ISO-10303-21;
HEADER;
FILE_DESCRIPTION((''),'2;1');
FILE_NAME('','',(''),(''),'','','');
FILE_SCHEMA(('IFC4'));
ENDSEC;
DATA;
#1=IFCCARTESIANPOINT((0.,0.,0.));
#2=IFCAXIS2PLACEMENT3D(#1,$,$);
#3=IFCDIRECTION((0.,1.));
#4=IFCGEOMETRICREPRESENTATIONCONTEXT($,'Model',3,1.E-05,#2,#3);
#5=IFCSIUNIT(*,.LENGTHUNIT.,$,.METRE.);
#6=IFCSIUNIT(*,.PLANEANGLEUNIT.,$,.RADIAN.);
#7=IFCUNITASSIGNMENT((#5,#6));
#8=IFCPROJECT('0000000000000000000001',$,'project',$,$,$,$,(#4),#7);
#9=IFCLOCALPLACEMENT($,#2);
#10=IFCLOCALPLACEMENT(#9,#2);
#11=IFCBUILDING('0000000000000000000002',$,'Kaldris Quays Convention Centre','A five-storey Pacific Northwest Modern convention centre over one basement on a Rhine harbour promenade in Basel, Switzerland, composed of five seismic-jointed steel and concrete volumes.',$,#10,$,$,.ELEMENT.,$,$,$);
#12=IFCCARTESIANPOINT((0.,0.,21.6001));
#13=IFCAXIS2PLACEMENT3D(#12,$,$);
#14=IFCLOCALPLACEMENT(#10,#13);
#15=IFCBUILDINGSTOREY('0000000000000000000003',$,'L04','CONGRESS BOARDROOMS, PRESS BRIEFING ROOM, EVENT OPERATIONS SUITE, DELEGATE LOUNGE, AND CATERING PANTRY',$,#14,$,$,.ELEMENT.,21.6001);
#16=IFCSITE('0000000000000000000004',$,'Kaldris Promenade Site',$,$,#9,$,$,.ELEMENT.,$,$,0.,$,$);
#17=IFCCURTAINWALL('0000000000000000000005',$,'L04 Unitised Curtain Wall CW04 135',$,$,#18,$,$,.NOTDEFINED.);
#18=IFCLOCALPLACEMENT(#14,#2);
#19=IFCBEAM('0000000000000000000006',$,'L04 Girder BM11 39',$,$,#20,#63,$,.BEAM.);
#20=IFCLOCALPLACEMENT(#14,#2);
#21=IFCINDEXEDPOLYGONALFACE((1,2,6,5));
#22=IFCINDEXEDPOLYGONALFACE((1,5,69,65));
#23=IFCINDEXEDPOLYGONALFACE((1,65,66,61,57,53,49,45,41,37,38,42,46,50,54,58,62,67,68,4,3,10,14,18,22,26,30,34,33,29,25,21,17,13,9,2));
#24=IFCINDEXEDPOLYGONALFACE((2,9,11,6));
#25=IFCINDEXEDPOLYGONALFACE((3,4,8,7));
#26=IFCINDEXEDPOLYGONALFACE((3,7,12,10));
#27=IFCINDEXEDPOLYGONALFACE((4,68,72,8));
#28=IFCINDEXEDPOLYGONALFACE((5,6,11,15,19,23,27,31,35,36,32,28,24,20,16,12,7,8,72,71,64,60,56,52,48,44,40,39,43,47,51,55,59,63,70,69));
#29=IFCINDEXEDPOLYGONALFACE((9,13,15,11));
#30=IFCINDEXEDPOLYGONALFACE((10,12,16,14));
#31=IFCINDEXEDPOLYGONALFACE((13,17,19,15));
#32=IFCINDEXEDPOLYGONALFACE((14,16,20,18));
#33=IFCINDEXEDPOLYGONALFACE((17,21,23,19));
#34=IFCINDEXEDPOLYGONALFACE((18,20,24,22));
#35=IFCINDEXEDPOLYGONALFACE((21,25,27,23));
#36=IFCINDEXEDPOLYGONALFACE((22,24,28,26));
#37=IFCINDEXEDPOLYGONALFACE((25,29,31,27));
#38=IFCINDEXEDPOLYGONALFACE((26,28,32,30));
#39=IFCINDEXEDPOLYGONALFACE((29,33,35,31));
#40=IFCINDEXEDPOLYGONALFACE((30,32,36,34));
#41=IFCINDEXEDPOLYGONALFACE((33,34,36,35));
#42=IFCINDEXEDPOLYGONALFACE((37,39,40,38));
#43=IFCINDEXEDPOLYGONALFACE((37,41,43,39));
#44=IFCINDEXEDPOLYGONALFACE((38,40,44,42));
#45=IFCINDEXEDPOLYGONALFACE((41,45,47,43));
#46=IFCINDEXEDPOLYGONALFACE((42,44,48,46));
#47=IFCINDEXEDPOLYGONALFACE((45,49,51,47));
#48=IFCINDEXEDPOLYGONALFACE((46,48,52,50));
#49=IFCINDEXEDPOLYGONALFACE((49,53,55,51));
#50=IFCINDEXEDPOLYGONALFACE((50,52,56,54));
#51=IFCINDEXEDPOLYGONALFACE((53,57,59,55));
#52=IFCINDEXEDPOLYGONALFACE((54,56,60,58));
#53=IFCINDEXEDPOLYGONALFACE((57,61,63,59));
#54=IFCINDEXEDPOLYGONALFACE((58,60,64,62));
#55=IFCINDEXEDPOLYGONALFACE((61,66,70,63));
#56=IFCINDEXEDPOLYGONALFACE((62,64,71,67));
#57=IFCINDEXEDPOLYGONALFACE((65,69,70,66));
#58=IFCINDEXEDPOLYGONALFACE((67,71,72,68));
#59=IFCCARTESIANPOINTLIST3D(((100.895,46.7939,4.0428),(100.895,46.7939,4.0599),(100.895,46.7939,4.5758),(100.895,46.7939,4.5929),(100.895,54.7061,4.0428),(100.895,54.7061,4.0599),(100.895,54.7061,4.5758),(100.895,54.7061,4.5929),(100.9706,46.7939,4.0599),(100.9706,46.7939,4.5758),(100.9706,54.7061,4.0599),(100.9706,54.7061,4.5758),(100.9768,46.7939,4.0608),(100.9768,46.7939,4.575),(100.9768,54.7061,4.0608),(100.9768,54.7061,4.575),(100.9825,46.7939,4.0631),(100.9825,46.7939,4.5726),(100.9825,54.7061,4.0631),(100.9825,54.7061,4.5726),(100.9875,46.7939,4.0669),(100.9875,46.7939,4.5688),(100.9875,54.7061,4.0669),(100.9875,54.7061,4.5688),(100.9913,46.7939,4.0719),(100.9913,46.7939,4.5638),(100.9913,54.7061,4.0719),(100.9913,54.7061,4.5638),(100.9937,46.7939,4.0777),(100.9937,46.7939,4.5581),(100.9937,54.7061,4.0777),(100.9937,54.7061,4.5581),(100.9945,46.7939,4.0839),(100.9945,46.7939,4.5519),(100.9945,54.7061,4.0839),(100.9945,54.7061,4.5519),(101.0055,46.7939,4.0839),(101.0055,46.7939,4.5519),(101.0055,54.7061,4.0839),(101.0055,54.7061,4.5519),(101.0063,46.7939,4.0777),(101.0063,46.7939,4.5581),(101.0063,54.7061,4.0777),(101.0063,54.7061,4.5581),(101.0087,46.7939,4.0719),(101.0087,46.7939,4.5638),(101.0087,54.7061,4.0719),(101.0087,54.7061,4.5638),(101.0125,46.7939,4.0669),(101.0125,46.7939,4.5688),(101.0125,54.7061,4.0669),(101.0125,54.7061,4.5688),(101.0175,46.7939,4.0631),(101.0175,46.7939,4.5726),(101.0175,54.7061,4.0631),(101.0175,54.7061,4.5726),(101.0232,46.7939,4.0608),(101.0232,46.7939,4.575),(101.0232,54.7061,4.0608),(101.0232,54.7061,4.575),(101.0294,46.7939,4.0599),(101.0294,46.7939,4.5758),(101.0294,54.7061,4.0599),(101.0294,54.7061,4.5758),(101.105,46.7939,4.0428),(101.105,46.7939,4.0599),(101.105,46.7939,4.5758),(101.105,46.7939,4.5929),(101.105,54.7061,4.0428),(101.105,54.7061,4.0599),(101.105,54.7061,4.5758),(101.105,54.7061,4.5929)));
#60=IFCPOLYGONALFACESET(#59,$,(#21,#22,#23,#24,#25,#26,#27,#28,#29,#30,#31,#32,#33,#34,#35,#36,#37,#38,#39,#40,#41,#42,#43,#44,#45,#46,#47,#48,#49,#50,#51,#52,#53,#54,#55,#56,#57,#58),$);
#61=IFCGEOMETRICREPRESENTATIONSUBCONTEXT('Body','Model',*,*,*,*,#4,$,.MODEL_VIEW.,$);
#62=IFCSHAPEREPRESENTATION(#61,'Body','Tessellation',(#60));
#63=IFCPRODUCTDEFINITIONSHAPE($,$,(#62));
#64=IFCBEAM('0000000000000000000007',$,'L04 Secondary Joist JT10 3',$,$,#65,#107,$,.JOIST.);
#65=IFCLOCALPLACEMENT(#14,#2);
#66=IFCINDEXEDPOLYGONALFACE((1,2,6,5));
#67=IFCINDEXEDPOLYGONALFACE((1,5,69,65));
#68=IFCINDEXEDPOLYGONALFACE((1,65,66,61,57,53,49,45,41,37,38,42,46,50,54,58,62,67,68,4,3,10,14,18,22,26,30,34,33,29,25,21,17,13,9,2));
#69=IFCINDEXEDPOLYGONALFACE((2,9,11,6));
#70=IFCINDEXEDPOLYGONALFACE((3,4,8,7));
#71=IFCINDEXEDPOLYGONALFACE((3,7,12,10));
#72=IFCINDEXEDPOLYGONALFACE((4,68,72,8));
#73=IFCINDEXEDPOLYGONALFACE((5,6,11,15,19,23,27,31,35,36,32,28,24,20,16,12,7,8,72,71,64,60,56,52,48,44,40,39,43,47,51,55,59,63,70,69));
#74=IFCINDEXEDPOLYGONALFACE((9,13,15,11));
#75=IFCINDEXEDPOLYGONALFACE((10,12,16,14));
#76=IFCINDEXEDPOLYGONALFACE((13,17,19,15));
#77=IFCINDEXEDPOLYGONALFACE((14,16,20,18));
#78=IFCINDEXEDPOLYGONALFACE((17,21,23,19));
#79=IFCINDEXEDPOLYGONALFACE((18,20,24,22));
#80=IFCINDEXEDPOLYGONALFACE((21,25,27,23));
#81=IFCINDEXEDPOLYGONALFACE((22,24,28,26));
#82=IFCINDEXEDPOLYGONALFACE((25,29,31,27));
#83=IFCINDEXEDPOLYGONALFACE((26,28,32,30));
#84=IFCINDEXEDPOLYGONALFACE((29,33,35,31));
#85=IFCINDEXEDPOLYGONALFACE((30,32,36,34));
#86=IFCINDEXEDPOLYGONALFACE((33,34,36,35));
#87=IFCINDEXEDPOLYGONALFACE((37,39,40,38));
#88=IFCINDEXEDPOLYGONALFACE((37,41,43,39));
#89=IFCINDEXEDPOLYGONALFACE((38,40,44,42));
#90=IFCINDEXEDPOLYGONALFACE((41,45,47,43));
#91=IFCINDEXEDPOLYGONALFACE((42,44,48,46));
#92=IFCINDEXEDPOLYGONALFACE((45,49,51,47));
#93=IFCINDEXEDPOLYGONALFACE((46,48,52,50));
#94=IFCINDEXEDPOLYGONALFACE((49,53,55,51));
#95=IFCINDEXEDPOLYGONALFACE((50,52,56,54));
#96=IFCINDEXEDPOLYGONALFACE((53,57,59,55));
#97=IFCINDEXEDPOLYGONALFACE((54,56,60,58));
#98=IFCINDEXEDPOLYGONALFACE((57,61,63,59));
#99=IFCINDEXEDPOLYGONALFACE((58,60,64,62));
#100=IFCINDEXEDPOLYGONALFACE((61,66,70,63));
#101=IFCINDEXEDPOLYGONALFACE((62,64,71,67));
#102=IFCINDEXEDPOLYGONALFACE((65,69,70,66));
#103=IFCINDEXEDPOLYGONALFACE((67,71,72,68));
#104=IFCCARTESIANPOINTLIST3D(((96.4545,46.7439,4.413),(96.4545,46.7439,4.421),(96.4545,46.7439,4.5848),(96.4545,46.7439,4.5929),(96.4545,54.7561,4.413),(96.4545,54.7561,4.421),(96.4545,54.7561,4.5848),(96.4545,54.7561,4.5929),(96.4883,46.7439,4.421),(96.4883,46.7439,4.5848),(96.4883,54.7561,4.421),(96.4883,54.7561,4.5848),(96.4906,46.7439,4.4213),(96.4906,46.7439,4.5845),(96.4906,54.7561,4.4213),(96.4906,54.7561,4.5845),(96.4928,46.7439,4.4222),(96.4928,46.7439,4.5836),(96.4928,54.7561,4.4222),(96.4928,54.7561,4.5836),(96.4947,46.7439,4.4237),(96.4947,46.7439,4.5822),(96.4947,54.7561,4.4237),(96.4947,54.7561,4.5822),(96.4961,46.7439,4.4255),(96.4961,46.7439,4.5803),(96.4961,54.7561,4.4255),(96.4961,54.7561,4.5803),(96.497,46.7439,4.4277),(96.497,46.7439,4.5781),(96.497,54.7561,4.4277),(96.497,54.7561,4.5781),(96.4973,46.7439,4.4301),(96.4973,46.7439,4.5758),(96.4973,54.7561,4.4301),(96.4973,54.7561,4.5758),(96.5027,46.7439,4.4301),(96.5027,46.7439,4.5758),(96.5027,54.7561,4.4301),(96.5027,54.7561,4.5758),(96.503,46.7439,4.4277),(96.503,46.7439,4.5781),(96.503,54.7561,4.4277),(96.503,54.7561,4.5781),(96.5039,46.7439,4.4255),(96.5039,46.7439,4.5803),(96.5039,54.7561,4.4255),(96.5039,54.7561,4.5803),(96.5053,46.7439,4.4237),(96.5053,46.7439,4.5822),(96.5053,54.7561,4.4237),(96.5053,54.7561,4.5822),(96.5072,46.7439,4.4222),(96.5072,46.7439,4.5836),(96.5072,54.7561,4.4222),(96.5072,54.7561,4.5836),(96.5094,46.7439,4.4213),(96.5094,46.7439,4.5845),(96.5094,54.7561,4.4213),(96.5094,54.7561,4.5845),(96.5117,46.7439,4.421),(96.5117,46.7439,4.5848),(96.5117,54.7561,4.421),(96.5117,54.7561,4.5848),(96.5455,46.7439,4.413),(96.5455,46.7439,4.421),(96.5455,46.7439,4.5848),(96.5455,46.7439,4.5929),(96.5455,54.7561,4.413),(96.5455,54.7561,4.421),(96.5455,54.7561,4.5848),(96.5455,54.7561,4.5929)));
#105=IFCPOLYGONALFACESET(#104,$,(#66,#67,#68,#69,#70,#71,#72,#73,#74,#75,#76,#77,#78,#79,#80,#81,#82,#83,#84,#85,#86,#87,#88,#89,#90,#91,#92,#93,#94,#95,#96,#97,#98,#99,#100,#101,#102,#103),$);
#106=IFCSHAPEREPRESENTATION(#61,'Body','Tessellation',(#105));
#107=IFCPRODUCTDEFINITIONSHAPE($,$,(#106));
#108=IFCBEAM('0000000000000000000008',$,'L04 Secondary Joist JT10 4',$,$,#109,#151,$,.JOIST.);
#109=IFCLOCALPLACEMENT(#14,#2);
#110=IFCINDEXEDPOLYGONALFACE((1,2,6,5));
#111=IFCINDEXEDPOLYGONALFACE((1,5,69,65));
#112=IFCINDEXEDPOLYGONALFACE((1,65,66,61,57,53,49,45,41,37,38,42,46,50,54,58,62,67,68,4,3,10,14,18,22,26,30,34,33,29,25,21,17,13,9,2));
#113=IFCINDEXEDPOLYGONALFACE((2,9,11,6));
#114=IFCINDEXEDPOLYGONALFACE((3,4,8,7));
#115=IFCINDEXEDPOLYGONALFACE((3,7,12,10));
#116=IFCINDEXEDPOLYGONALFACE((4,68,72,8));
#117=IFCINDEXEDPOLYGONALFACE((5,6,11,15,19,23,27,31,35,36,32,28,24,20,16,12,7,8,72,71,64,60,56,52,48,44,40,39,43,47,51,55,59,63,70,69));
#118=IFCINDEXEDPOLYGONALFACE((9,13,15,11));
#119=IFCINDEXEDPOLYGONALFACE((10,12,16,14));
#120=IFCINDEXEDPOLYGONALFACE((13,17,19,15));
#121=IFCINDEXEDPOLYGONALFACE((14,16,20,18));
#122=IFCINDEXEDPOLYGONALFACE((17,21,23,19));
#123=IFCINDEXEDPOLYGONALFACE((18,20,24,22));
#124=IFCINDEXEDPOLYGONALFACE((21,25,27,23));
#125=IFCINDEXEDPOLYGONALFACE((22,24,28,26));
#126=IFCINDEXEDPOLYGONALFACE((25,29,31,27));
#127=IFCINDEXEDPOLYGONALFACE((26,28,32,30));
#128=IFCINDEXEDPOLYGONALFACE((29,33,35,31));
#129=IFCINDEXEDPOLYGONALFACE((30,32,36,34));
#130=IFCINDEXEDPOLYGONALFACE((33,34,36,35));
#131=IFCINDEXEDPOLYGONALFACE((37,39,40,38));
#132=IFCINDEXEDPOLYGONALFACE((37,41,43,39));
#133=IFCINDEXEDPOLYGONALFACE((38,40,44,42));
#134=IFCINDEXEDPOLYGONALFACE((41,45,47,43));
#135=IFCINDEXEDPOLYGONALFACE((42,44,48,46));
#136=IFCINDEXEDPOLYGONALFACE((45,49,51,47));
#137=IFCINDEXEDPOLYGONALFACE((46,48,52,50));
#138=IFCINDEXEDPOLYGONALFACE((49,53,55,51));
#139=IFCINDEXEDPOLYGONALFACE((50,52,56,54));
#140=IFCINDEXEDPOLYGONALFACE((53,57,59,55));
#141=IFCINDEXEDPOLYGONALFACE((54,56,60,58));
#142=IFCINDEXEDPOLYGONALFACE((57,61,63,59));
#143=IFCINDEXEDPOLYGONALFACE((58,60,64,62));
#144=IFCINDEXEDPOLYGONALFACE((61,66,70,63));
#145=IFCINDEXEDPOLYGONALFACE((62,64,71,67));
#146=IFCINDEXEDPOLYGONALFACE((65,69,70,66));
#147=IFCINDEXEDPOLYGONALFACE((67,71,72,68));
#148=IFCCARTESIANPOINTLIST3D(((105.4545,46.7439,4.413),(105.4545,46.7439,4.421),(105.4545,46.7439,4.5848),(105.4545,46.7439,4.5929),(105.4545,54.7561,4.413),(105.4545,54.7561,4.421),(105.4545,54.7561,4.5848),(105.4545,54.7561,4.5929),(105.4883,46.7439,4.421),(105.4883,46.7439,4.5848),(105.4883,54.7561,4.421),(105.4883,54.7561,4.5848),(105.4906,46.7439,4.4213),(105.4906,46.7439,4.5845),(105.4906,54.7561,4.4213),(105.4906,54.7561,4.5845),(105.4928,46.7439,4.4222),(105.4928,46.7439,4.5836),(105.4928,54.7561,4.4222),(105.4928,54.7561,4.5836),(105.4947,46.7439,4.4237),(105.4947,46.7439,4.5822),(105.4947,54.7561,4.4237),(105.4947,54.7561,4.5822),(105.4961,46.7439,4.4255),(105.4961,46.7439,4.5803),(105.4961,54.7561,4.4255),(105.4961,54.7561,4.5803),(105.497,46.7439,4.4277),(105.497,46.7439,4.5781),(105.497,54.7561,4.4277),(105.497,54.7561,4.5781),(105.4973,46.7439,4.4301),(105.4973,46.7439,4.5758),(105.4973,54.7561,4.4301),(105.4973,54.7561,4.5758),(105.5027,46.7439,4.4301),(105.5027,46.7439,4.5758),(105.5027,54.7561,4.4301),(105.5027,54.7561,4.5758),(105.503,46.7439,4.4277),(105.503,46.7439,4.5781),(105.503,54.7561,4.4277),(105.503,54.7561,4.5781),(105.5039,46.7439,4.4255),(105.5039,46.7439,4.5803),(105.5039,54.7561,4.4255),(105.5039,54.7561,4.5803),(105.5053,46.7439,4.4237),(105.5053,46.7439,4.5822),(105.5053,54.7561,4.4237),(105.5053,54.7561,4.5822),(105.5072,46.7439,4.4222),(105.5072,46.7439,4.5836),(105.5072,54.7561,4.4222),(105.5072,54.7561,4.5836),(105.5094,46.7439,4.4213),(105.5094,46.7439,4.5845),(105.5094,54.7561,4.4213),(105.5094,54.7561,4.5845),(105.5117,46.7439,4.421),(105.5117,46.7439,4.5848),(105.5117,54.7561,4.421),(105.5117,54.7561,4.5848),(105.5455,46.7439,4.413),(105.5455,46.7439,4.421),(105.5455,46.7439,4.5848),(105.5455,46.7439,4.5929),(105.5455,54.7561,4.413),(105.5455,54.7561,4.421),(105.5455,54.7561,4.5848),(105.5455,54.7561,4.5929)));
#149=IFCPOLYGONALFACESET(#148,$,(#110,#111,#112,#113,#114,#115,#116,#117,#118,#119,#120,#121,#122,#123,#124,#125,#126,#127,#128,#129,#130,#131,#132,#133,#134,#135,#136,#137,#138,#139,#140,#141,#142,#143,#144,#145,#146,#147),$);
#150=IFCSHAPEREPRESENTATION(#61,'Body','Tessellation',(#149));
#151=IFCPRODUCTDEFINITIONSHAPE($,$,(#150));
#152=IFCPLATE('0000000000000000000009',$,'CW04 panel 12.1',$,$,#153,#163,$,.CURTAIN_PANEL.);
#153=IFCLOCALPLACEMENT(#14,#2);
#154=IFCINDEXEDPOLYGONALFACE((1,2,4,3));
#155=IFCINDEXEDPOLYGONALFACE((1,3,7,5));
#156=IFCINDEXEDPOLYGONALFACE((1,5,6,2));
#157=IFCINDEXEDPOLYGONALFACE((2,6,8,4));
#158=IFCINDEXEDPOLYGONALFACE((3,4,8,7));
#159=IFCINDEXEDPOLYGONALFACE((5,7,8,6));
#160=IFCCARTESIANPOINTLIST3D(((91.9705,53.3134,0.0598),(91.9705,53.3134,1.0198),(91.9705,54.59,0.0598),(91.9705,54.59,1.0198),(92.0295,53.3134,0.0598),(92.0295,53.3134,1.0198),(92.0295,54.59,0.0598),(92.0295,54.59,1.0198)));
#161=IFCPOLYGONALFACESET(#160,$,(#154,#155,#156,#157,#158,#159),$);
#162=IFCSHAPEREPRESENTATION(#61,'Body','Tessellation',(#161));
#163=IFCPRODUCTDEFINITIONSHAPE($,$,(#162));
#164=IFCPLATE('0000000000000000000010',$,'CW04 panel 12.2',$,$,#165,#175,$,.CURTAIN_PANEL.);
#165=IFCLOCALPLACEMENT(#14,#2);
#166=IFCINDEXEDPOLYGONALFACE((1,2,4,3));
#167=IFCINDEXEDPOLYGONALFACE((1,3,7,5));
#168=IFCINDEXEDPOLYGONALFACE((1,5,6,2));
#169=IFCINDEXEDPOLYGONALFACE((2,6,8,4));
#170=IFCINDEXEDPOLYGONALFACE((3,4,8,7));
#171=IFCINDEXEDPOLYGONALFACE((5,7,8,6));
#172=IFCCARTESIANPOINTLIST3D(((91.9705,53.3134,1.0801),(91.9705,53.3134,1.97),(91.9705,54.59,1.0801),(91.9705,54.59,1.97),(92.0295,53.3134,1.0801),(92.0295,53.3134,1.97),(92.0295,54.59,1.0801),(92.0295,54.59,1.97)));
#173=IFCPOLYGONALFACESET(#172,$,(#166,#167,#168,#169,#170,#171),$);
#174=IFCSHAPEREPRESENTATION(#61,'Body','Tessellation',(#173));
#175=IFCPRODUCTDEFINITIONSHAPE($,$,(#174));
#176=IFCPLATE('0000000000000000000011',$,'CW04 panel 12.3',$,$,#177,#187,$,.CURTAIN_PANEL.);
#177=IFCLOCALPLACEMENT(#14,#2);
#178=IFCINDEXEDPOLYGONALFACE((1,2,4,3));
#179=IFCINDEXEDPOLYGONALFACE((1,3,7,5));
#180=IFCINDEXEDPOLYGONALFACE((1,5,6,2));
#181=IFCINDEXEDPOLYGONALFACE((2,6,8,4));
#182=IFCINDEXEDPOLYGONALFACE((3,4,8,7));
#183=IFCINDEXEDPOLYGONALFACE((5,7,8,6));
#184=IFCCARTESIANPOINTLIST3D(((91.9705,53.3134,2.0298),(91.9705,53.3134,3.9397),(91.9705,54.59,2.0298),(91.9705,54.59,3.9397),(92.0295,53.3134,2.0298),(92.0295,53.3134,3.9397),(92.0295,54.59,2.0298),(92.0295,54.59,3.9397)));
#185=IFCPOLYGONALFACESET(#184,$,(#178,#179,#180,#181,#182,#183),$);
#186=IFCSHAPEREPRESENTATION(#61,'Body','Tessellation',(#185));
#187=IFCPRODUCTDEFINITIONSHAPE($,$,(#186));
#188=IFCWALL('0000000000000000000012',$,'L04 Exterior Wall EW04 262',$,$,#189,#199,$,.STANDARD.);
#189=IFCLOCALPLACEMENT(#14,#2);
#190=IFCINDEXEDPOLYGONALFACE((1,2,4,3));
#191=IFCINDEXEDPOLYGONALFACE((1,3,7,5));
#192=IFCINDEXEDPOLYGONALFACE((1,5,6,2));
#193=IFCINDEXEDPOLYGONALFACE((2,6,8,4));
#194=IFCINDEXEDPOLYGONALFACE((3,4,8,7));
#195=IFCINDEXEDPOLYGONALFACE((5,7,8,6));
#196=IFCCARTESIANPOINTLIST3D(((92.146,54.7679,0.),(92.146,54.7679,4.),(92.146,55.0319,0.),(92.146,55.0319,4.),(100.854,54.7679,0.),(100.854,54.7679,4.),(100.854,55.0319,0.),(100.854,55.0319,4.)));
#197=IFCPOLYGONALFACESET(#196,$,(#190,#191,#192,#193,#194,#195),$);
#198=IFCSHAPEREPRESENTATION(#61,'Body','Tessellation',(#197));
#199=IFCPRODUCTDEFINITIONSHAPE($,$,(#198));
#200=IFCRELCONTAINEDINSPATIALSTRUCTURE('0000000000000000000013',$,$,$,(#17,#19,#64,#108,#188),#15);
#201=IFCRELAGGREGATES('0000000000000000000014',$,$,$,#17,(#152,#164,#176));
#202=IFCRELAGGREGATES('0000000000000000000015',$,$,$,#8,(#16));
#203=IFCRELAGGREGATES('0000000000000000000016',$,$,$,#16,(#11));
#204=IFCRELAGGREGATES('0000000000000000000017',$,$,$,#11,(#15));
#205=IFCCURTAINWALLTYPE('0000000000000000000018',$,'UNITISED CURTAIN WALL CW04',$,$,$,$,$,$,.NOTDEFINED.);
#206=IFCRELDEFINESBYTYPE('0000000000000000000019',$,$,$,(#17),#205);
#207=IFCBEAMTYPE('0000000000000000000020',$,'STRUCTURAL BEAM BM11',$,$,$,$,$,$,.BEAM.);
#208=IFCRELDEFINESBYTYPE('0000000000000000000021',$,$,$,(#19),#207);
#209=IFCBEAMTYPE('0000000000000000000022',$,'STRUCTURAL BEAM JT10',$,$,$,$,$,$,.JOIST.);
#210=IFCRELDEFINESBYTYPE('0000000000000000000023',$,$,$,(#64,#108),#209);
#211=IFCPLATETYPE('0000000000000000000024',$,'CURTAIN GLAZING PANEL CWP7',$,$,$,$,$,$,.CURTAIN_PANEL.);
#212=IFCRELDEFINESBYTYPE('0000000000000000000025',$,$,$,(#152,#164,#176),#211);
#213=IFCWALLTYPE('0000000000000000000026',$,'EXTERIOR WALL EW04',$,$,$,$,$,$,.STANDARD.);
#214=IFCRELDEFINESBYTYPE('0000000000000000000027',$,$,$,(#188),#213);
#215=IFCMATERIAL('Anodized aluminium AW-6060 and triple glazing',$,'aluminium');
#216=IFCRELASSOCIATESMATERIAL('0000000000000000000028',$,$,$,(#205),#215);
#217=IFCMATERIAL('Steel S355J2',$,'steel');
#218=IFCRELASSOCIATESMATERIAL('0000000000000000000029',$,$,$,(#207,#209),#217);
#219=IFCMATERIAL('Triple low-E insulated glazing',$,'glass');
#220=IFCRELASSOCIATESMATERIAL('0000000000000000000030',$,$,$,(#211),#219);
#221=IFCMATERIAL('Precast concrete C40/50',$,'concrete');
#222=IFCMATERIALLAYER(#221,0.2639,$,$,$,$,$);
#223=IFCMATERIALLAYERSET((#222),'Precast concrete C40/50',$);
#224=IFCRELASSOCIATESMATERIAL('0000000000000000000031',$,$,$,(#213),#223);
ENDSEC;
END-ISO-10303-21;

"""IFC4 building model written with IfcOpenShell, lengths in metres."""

from ifc_helpers import new_model, si_unit, direction, frame, frame_2d, origin, origin_2d, place, context, subcontext, project, spatial, rectangle, i_section, extrude, material, layer, layer_set, material_profile, profile_set, type_object, element, aggregate, save


model = new_model("IFC4")

# Units and contexts
model_context = context("Model", 3, precision=1e-05, world=origin(), true_north=direction((0.0, 1.0)))
body_context = subcontext(model_context, "Body", "Model", "MODEL_VIEW")
ifc_project = project(units=[si_unit("LENGTHUNIT", "METRE"), si_unit("PLANEANGLEUNIT", "RADIAN")], contexts=[model_context])

# Site, building, storey
site_placement = place(None, origin())
site = spatial("IfcSite", under=ifc_project, at=site_placement, Name="Kaldris Promenade Site", CompositionType="ELEMENT", RefElevation=0.0)
building_placement = place(site_placement, origin())
building = spatial("IfcBuilding", under=site, at=building_placement, Name="Kaldris Quays Convention Centre", Description="A five-storey Pacific Northwest Modern convention centre over one basement on a Rhine harbour promenade in Basel, Switzerland, composed of five seismic-jointed steel and concrete volumes.", CompositionType="ELEMENT")
storey_placement = place(building_placement, frame((0.0, 0.0, 21.6001)))
storey = spatial("IfcBuildingStorey", under=building, at=storey_placement, Name="L04", Description="CONGRESS BOARDROOMS, PRESS BRIEFING ROOM, EVENT OPERATIONS SUITE, DELEGATE LOUNGE, AND CATERING PANTRY", CompositionType="ELEMENT", Elevation=21.6001)

# Shared definitions
ifc_material_1 = material(Name="Steel S355J2", Category="steel")

# Curtain wall
ifc_material_2 = material(Name="Anodized aluminium AW-6060 and triple glazing", Category="aluminium")
curtain_wall_type = type_object("IfcCurtainWallType", Name="UNITISED CURTAIN WALL CW04", PredefinedType="NOTDEFINED", material=ifc_material_2)
curtain_wall_placement = place(storey_placement, origin())
curtain_wall = element("IfcCurtainWall", 1, at=curtain_wall_placement, inside=storey, type_object=curtain_wall_type, Name="L04 Unitised Curtain Wall CW04 135", PredefinedType="NOTDEFINED")

# Beams
ifc_material_profile_1 = material_profile(ifc_material_1, i_section(OverallWidth=0.21, OverallDepth=0.55, WebThickness=0.011, FlangeThickness=0.0171, FilletRadius=0.0239, at=origin_2d()), Name="IPE 550")
ifc_profile_set_1 = profile_set([ifc_material_profile_1], Name="Steel S355J2")
beam_type_1 = type_object("IfcBeamType", Name="STRUCTURAL BEAM BM11", PredefinedType="BEAM", material=ifc_profile_set_1)
beam_placement = place(storey_placement, frame((101.0, 46.7939, 4.3179), z_axis=(0.0, 1.0, 0.0), x_axis=(-1.0, 0.0, 0.0)))
element("IfcBeam", 2, at=beam_placement, inside=storey, type_object=beam_type_1, Name="L04 Girder BM11 39", PredefinedType="BEAM", context=body_context, shape_type="SweptSolid", body=[
    extrude(i_section(OverallWidth=0.21, OverallDepth=0.55, WebThickness=0.011, FlangeThickness=0.0171, FilletRadius=0.0239, at=origin_2d()), origin(), (0.0, 0.0, 1.0), 7.9121),
])
ifc_material_profile_2 = material_profile(ifc_material_1, i_section(OverallWidth=0.0911, OverallDepth=0.1799, WebThickness=0.0054, FlangeThickness=0.0081, FilletRadius=0.009, at=origin_2d()), Name="IPE 180")
ifc_profile_set_2 = profile_set([ifc_material_profile_2], Name="Steel S355J2")
beam_type_2 = type_object("IfcBeamType", Name="STRUCTURAL BEAM JT10", PredefinedType="JOIST", material=ifc_profile_set_2)
for number, where, z_axis, x_axis, name in (
    (3, (96.5, 46.7439, 4.5029), (0.0, 1.0, 0.0), (-1.0, 0.0, 0.0), "L04 Secondary Joist JT10 3"),
    (4, (105.5, 46.7439, 4.5029), (0.0, 1.0, 0.0), (-1.0, 0.0, 0.0), "L04 Secondary Joist JT10 4"),
):
    element("IfcBeam", number, at=place(storey_placement, frame(where, z_axis=z_axis, x_axis=x_axis)), inside=storey, type_object=beam_type_2, Name=name, PredefinedType="JOIST", context=body_context, shape_type="SweptSolid", body=[
        extrude(i_section(OverallWidth=0.0911, OverallDepth=0.1799, WebThickness=0.0054, FlangeThickness=0.0081, FilletRadius=0.009, at=origin_2d()), origin(), (0.0, 0.0, 1.0), 8.0122),
    ])

# Plates
ifc_material_3 = material(Name="Triple low-E insulated glazing", Category="glass")
plate_type = type_object("IfcPlateType", Name="CURTAIN GLAZING PANEL CWP7", PredefinedType="CURTAIN_PANEL", material=ifc_material_3)
plate_1_placement = place(storey_placement, frame((92.0, 53.9517, 0.0598), z_axis=(0.0, 0.0, 1.0), x_axis=(0.0, 1.0, 0.0)))
plate_1 = element("IfcPlate", 5, at=plate_1_placement, type_object=plate_type, Name="CW04 panel 12.1", PredefinedType="CURTAIN_PANEL", context=body_context, shape_type="SweptSolid", body=[
    extrude(rectangle(XDim=1.2766, YDim=0.0591, at=origin_2d()), origin(), (0.0, 0.0, 1.0), 0.96),
])
plate_2_placement = place(storey_placement, frame((92.0, 53.9517, 1.0801), z_axis=(0.0, 0.0, 1.0), x_axis=(0.0, 1.0, 0.0)))
plate_2 = element("IfcPlate", 6, at=plate_2_placement, type_object=plate_type, Name="CW04 panel 12.2", PredefinedType="CURTAIN_PANEL", context=body_context, shape_type="SweptSolid", body=[
    extrude(rectangle(XDim=1.2766, YDim=0.0591, at=origin_2d()), origin(), (0.0, 0.0, 1.0), 0.8899),
])
plate_3_placement = place(storey_placement, frame((92.0, 53.9517, 2.0298), z_axis=(0.0, 0.0, 1.0), x_axis=(0.0, 1.0, 0.0)))
plate_3 = element("IfcPlate", 7, at=plate_3_placement, type_object=plate_type, Name="CW04 panel 12.3", PredefinedType="CURTAIN_PANEL", context=body_context, shape_type="SweptSolid", body=[
    extrude(rectangle(XDim=1.2766, YDim=0.0591, at=origin_2d()), origin(), (0.0, 0.0, 1.0), 1.9099),
])
aggregate(curtain_wall, [plate_1, plate_2, plate_3])

# Wall
ifc_material_4 = material(Name="Precast concrete C40/50", Category="concrete")
ifc_layer_1 = layer(ifc_material_4, 0.2639)
ifc_layer_set_1 = layer_set([ifc_layer_1], Name="Precast concrete C40/50")
wall_type_1 = type_object("IfcWallType", Name="EXTERIOR WALL EW04", PredefinedType="STANDARD", material=ifc_layer_set_1)
for number, where, z_axis, x_axis, name in (
    (8, (92.146, 54.8999, 0.0), (0.0, 0.0, 1.0), (1.0, 0.0, 0.0), "L04 Exterior Wall EW04 262"),
):
    element("IfcWall", number, at=place(storey_placement, frame(where, z_axis=z_axis, x_axis=x_axis)), inside=storey, type_object=wall_type_1, Name=name, PredefinedType="STANDARD", context=body_context, shape_type="SweptSolid", body=[
        extrude(rectangle(XDim=8.708, YDim=0.2639, at=frame_2d((4.354, 0.0))), origin(), (0.0, 0.0, 1.0), 4.0),
    ])

save(model, "model.ifc")
